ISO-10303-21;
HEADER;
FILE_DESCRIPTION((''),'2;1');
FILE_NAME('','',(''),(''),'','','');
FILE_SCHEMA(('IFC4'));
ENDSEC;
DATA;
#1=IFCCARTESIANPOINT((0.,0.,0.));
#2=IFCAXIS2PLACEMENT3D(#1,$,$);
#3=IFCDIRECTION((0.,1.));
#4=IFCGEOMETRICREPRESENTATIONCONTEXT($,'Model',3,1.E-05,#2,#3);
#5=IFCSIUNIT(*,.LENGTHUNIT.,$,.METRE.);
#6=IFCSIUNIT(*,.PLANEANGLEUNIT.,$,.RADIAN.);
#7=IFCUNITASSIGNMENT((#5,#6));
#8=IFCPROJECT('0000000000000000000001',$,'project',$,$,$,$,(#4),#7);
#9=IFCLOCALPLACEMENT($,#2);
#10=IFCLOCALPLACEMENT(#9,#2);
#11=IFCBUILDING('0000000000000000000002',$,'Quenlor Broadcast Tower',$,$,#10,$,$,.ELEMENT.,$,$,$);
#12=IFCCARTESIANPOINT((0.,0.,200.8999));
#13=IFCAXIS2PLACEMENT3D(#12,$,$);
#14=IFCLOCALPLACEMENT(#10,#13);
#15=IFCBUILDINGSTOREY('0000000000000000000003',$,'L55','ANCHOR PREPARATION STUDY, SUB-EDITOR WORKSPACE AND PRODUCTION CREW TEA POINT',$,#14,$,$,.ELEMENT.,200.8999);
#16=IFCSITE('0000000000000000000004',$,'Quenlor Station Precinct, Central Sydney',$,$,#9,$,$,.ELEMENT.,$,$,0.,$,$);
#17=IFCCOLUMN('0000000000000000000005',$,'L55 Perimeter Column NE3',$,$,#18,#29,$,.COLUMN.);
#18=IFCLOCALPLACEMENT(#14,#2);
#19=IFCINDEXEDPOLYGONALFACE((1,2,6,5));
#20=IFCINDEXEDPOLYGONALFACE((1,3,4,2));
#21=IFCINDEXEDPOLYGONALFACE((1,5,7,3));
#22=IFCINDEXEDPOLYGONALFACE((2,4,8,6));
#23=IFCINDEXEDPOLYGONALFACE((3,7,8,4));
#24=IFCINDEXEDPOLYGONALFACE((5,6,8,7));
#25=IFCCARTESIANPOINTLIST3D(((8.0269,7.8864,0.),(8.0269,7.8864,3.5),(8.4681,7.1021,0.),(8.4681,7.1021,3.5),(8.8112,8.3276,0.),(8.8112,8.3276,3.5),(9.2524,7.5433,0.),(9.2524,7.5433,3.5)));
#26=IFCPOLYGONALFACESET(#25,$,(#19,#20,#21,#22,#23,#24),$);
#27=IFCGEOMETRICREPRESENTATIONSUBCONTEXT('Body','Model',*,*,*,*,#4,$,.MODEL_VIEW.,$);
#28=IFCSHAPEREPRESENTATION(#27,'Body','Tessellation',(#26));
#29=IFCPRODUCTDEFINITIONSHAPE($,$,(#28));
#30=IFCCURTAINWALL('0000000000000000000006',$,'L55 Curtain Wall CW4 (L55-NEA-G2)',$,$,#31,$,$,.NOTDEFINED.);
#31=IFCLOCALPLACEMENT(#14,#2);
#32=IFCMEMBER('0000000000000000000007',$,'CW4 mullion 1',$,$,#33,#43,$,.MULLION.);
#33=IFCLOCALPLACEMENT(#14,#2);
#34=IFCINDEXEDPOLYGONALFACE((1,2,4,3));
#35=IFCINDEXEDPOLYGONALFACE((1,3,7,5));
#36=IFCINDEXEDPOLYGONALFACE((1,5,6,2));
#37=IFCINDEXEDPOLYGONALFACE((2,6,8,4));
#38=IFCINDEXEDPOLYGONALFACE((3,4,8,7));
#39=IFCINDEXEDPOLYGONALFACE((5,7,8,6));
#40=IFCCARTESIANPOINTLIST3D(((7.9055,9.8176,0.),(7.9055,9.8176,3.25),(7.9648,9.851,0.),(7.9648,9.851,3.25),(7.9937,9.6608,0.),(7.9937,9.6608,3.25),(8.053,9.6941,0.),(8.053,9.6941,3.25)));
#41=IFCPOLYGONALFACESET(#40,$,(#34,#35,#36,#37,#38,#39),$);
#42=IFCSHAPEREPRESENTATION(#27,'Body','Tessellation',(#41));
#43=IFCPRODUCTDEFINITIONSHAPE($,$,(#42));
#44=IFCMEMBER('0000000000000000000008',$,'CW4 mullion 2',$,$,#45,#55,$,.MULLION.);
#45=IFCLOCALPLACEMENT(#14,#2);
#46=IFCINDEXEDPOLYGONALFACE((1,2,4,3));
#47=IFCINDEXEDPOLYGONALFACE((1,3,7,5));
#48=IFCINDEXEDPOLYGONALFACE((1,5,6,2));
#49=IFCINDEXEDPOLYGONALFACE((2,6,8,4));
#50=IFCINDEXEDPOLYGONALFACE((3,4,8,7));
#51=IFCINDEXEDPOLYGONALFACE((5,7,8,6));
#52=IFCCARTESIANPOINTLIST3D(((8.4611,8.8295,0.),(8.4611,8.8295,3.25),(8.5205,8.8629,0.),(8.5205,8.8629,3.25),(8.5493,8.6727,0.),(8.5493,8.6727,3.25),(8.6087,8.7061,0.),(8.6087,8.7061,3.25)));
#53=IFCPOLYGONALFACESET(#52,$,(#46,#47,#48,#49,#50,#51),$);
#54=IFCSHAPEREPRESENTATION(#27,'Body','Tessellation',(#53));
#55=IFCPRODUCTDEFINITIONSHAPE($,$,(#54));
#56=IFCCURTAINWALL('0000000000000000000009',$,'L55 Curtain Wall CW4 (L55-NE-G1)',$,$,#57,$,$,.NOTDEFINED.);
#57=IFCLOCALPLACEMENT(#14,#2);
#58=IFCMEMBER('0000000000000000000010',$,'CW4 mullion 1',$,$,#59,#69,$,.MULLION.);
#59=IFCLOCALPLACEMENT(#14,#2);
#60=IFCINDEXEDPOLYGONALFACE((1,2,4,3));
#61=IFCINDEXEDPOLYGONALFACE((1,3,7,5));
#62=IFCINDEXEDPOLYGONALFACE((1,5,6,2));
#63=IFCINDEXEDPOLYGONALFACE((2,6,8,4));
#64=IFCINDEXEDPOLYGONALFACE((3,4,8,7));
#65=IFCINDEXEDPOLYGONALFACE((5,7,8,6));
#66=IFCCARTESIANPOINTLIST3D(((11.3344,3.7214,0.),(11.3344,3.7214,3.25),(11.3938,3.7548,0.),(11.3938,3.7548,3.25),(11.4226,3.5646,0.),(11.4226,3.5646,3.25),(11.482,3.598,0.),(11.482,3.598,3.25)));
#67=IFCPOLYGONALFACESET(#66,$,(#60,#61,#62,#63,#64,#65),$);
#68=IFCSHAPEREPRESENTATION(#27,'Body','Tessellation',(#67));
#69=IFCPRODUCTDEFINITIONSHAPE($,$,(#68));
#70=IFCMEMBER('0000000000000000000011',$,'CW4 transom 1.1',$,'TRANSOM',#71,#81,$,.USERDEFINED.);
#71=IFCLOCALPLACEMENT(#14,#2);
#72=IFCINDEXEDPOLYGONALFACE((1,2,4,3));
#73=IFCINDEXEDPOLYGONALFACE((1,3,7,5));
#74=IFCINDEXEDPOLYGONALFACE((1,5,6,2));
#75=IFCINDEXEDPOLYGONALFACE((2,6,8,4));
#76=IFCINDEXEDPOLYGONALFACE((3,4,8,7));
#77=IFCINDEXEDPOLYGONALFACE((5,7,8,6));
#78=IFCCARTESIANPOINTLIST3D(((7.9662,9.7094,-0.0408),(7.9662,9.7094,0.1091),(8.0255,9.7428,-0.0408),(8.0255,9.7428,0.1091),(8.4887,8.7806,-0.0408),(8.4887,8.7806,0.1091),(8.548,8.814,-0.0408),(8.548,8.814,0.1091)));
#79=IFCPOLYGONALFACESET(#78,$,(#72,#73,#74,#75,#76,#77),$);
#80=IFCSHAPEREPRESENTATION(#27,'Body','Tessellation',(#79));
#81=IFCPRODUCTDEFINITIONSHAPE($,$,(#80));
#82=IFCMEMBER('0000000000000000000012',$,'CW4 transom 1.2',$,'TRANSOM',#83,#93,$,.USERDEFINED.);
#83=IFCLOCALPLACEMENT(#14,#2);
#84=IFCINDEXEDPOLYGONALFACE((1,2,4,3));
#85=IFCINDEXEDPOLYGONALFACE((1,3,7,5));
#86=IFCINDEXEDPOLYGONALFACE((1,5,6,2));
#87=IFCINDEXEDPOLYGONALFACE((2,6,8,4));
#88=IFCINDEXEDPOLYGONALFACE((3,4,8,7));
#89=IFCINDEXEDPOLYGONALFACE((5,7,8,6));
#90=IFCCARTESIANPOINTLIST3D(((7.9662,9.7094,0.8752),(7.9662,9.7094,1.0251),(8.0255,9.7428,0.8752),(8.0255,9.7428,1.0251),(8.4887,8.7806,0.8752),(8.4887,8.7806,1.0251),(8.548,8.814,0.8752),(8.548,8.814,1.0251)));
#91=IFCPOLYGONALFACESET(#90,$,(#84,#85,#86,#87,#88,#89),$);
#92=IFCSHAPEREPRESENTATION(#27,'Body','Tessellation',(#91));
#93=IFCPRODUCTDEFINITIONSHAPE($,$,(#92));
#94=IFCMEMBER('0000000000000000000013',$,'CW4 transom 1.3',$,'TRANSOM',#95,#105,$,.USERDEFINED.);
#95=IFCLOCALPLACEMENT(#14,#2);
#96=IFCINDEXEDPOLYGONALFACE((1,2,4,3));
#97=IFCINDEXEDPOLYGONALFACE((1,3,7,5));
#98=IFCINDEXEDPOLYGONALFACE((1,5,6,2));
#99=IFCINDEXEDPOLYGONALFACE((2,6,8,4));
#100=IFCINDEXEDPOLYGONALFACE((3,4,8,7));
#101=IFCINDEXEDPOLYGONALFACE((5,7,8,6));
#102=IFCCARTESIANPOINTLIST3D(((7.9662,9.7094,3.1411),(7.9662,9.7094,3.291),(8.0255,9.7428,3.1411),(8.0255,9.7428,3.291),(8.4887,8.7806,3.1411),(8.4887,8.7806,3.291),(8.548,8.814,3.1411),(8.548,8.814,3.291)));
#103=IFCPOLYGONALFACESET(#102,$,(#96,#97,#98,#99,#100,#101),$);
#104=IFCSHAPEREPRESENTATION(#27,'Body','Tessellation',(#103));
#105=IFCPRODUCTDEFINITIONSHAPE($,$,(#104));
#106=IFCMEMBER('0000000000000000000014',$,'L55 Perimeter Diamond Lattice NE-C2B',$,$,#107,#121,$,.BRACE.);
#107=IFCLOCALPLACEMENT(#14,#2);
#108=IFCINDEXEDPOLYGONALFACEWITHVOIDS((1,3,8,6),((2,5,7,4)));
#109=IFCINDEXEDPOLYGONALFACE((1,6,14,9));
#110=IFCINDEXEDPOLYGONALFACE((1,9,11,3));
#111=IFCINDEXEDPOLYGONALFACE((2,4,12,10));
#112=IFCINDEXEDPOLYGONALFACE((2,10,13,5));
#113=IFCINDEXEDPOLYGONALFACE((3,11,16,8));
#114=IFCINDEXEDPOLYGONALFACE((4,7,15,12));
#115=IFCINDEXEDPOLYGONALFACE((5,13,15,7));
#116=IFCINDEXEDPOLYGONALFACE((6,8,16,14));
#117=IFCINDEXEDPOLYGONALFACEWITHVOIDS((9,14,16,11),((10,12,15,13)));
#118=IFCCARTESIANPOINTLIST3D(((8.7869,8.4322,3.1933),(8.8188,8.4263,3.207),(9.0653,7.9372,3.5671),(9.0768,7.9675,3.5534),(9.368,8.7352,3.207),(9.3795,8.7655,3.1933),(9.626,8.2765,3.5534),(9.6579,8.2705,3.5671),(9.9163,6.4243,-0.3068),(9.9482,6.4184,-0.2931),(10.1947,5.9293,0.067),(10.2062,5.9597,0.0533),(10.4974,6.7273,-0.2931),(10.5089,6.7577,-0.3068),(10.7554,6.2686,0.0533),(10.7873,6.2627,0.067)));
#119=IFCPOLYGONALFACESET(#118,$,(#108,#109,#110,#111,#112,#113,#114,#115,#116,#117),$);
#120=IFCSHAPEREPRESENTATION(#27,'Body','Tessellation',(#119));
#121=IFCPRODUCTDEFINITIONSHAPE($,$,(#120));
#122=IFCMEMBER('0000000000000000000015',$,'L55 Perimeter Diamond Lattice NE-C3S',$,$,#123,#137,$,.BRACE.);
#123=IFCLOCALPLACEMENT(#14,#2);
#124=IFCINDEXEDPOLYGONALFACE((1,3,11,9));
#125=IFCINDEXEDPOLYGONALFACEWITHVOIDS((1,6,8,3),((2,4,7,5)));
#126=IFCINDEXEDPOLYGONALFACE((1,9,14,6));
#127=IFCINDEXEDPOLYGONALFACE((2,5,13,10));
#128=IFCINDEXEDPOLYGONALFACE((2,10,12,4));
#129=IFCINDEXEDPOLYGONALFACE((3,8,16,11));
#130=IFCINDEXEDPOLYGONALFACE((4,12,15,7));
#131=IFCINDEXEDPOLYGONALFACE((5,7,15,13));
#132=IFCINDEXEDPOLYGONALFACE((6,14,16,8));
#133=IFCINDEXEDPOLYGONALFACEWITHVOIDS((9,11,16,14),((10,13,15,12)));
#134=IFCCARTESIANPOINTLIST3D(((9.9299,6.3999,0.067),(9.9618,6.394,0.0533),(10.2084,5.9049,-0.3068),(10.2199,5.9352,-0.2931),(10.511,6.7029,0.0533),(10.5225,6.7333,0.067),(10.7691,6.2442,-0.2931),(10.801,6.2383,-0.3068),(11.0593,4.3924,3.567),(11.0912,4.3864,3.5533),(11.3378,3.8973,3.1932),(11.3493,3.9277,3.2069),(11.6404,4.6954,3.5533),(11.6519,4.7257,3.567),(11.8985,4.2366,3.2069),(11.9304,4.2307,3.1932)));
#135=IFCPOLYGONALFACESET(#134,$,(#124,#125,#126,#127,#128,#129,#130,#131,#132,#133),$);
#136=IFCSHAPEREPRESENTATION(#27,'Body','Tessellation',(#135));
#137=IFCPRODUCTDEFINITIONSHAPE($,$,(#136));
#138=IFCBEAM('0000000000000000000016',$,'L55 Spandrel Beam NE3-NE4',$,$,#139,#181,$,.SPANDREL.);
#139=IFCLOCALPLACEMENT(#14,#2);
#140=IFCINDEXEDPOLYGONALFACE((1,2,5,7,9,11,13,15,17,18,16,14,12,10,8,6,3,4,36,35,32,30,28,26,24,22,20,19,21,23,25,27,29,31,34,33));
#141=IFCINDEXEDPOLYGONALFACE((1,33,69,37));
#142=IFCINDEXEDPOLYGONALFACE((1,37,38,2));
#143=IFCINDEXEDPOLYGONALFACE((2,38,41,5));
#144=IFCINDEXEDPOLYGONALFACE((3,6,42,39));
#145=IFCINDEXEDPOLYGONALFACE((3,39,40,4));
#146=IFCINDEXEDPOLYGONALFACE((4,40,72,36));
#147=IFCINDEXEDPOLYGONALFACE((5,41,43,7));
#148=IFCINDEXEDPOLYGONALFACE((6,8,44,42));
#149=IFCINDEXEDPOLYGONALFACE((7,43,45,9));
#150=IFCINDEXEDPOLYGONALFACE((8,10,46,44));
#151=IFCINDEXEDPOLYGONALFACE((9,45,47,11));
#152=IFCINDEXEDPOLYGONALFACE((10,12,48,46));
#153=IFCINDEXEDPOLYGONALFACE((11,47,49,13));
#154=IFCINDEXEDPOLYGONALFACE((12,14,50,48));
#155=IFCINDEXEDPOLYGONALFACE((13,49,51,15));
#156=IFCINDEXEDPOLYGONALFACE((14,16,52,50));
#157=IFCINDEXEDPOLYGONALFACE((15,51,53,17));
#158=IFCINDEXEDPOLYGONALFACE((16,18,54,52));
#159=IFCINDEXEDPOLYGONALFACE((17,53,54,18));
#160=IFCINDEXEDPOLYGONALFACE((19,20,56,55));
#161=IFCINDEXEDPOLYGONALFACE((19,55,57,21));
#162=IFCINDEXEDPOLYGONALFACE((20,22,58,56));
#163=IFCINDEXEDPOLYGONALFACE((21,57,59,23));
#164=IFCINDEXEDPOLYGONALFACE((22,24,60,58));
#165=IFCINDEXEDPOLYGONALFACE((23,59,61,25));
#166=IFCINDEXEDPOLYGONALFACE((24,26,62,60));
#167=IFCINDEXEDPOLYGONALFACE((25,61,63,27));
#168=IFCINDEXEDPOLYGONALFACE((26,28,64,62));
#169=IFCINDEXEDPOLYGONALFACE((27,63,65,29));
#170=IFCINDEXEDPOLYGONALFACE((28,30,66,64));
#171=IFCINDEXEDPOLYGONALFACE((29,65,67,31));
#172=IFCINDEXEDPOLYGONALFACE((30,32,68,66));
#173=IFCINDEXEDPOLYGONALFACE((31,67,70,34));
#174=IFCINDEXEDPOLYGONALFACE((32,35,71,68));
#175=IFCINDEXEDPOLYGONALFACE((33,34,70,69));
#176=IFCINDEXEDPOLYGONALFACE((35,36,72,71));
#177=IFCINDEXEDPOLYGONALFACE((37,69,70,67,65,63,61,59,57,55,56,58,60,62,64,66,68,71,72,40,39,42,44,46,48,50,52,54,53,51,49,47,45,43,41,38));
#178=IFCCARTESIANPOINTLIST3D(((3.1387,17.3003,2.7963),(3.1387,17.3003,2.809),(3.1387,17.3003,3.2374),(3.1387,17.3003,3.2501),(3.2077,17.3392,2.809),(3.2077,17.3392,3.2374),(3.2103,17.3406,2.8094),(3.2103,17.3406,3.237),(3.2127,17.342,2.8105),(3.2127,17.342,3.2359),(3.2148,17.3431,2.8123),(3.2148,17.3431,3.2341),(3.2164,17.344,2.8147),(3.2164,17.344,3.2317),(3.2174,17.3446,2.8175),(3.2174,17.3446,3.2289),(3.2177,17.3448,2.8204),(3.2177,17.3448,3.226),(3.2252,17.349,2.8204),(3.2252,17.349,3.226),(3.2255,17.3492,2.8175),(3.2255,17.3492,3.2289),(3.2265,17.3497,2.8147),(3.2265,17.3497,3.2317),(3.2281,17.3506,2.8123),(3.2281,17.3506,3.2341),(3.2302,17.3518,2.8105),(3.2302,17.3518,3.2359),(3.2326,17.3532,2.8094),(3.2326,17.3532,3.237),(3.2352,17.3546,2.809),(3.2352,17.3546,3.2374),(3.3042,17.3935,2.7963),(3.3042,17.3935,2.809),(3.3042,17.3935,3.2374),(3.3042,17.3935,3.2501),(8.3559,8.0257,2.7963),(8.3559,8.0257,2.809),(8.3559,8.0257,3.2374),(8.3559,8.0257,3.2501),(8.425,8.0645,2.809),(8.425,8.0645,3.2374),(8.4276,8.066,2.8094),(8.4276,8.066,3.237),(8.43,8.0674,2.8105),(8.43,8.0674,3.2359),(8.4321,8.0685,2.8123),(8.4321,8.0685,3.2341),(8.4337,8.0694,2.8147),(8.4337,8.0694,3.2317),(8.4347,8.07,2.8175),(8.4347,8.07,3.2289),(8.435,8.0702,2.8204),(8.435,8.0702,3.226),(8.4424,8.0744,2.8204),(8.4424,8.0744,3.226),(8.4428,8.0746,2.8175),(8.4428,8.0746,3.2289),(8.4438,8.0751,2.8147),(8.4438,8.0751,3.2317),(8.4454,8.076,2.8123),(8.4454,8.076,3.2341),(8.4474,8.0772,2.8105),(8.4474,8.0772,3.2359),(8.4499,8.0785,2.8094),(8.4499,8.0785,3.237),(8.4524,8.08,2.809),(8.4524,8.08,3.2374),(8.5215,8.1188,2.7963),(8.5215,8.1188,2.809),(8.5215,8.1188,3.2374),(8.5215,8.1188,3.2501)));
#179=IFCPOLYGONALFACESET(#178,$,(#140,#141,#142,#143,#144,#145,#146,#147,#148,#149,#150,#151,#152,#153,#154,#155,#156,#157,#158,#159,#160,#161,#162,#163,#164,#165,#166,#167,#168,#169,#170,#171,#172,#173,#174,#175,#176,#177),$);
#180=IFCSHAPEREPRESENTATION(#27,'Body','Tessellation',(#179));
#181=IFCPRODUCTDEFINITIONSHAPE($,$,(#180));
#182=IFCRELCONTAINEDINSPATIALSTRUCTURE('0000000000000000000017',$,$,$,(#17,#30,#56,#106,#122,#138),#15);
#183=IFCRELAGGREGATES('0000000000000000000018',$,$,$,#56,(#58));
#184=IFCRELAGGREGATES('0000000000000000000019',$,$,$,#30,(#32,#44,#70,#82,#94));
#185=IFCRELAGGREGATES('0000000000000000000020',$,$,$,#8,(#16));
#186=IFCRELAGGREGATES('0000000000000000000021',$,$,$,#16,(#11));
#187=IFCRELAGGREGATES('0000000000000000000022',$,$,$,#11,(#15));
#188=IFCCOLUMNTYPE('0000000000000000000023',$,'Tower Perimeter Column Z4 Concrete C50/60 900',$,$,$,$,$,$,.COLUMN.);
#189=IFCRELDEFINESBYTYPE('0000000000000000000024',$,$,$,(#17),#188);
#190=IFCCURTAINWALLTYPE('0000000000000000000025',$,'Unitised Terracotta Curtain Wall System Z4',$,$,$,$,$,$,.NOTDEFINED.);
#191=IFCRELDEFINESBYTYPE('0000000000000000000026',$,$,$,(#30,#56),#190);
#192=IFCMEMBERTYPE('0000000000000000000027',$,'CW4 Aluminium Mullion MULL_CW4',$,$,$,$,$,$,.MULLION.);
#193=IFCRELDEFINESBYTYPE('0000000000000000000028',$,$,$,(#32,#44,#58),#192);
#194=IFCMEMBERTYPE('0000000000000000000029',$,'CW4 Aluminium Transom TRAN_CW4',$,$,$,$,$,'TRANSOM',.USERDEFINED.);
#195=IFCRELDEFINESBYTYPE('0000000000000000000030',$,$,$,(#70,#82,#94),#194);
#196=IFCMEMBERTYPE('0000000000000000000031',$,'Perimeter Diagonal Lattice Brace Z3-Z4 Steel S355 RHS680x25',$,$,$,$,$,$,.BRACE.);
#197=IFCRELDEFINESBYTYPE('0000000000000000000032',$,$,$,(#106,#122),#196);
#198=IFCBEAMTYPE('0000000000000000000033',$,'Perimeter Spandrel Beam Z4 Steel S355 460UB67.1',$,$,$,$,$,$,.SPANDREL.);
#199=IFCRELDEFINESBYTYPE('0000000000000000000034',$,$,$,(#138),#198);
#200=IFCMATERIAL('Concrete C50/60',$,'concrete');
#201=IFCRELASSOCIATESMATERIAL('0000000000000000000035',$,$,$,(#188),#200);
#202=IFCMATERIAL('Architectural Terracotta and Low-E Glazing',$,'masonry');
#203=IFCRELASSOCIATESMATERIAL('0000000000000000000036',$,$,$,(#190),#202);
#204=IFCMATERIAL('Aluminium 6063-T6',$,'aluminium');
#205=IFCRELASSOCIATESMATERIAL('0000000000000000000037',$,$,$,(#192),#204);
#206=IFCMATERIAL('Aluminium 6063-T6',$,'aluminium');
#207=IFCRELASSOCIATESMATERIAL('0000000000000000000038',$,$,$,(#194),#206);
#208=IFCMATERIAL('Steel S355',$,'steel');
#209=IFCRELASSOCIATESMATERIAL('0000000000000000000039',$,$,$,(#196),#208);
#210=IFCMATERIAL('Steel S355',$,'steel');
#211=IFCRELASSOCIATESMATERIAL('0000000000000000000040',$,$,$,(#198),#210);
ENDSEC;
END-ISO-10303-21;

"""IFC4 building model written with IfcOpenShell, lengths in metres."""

from ifc_helpers import new_model, si_unit, direction, frame, origin, origin_2d, place, context, subcontext, project, spatial, rectangle, hollow_rectangle, i_section, extrude, material, material_profile, profile_set, type_object, element, aggregate, save


model = new_model("IFC4")

# Units and contexts
model_context = context("Model", 3, precision=1e-05, world=origin(), true_north=direction((0.0, 1.0)))
body_context = subcontext(model_context, "Body", "Model", "MODEL_VIEW")
ifc_project = project(units=[si_unit("LENGTHUNIT", "METRE"), si_unit("PLANEANGLEUNIT", "RADIAN")], contexts=[model_context])

# Site, building, storey
site_placement = place(None, origin())
site = spatial("IfcSite", under=ifc_project, at=site_placement, Name="Quenlor Station Precinct, Central Sydney", CompositionType="ELEMENT", RefElevation=0.0)
building_placement = place(site_placement, origin())
building = spatial("IfcBuilding", under=site, at=building_placement, Name="Quenlor Broadcast Tower", CompositionType="ELEMENT")
storey_placement = place(building_placement, frame((0.0, 0.0, 200.8999)))
storey = spatial("IfcBuildingStorey", under=building, at=storey_placement, Name="L55", Description="ANCHOR PREPARATION STUDY, SUB-EDITOR WORKSPACE AND PRODUCTION CREW TEA POINT", CompositionType="ELEMENT", Elevation=200.8999)

# Column
ifc_material_1 = material(Name="Concrete C50/60", Category="concrete")
ifc_material_profile_1 = material_profile(ifc_material_1, rectangle(XDim=0.8999, YDim=0.8999, at=origin_2d()))
ifc_profile_set_1 = profile_set([ifc_material_profile_1], Name="Concrete C50/60 RC900x900")
column_type = type_object("IfcColumnType", Name="Tower Perimeter Column Z4 Concrete C50/60 900", PredefinedType="COLUMN", material=ifc_profile_set_1)
column_placement = place(storey_placement, frame((8.6396, 7.7148, 0.0), z_axis=(0.0, 0.0, 1.0), x_axis=(0.871575, 0.490262, 0.0)))
element("IfcColumn", 1, at=column_placement, inside=storey, type_object=column_type, Name="L55 Perimeter Column NE3", PredefinedType="COLUMN", context=body_context, shape_type="SweptSolid", body=[
    extrude(rectangle(XDim=0.8999, YDim=0.8999, at=origin_2d()), origin(), (0.0, 0.0, 1.0), 3.5),
])

# Curtain wall, members
ifc_material_2 = material(Name="Architectural Terracotta and Low-E Glazing", Category="masonry")
curtain_wall_type = type_object("IfcCurtainWallType", Name="Unitised Terracotta Curtain Wall System Z4", PredefinedType="NOTDEFINED", material=ifc_material_2)
curtain_wall_1_placement = place(storey_placement, origin())
curtain_wall_1 = element("IfcCurtainWall", 2, at=curtain_wall_1_placement, inside=storey, type_object=curtain_wall_type, Name="L55 Curtain Wall CW4 (L55-NEA-G2)", PredefinedType="NOTDEFINED")
ifc_material_3 = material(Name="Aluminium 6063-T6", Category="aluminium")
ifc_material_profile_2 = material_profile(ifc_material_3, rectangle(XDim=0.0681, YDim=0.1799, at=origin_2d()))
ifc_profile_set_2 = profile_set([ifc_material_profile_2], Name="Aluminium 6063-T6 MULL68x180")
member_type_1 = type_object("IfcMemberType", Name="CW4 Aluminium Mullion MULL_CW4", PredefinedType="MULLION", material=ifc_profile_set_2)
member_1_placement = place(storey_placement, frame((7.9792, 9.7559, 0.0), z_axis=(0.0, 0.0, 1.0), x_axis=(0.871558, 0.490293, 0.0)))
member_1 = element("IfcMember", 3, at=member_1_placement, type_object=member_type_1, Name="CW4 mullion 1", PredefinedType="MULLION", context=body_context, shape_type="SweptSolid", body=[
    extrude(rectangle(XDim=0.0681, YDim=0.1799, at=origin_2d()), origin(), (0.0, 0.0, 1.0), 3.25),
])
member_2_placement = place(storey_placement, frame((8.5349, 8.7678, 0.0), z_axis=(0.0, 0.0, 1.0), x_axis=(0.871558, 0.490293, 0.0)))
member_2 = element("IfcMember", 4, at=member_2_placement, type_object=member_type_1, Name="CW4 mullion 2", PredefinedType="MULLION", context=body_context, shape_type="SweptSolid", body=[
    extrude(rectangle(XDim=0.0681, YDim=0.1799, at=origin_2d()), origin(), (0.0, 0.0, 1.0), 3.25),
])

# Curtain wall, member
curtain_wall_2_placement = place(storey_placement, origin())
curtain_wall_2 = element("IfcCurtainWall", 5, at=curtain_wall_2_placement, inside=storey, type_object=curtain_wall_type, Name="L55 Curtain Wall CW4 (L55-NE-G1)", PredefinedType="NOTDEFINED")
member_3_placement = place(storey_placement, frame((11.4082, 3.6597, 0.0), z_axis=(0.0, 0.0, 1.0), x_axis=(0.87156, 0.490289, 0.0)))
member_3 = element("IfcMember", 6, at=member_3_placement, type_object=member_type_1, Name="CW4 mullion 1", PredefinedType="MULLION", context=body_context, shape_type="SweptSolid", body=[
    extrude(rectangle(XDim=0.0681, YDim=0.1799, at=origin_2d()), origin(), (0.0, 0.0, 1.0), 3.25),
])
aggregate(curtain_wall_2, [member_3])

# Members
ifc_material_4 = material(Name="Aluminium 6063-T6", Category="aluminium")
ifc_material_profile_3 = material_profile(ifc_material_4, rectangle(XDim=0.0681, YDim=0.1499, at=origin_2d()))
ifc_profile_set_3 = profile_set([ifc_material_profile_3], Name="Aluminium 6063-T6 TRAN68x150")
member_type_2 = type_object("IfcMemberType", Name="CW4 Aluminium Transom TRAN_CW4", ElementType="TRANSOM", PredefinedType="USERDEFINED", material=ifc_profile_set_3)
member_4_placement = place(storey_placement, frame((7.9958, 9.7261, 0.0342), z_axis=(0.490305, -0.871551, 0.0), x_axis=(0.871551, 0.490305, 0.0)))
member_4 = element("IfcMember", 7, at=member_4_placement, type_object=member_type_2, Name="CW4 transom 1.1", ObjectType="TRANSOM", PredefinedType="USERDEFINED", context=body_context, shape_type="SweptSolid", body=[
    extrude(rectangle(XDim=0.0681, YDim=0.1499, at=origin_2d()), origin(), (0.0, 0.0, 1.0), 1.0657),
])
member_5_placement = place(storey_placement, frame((7.9958, 9.7261, 0.9502), z_axis=(0.490305, -0.871551, 0.0), x_axis=(0.871551, 0.490305, 0.0)))
member_5 = element("IfcMember", 8, at=member_5_placement, type_object=member_type_2, Name="CW4 transom 1.2", ObjectType="TRANSOM", PredefinedType="USERDEFINED", context=body_context, shape_type="SweptSolid", body=[
    extrude(rectangle(XDim=0.0681, YDim=0.1499, at=origin_2d()), origin(), (0.0, 0.0, 1.0), 1.0657),
])
member_6_placement = place(storey_placement, frame((7.9958, 9.7261, 3.2161), z_axis=(0.490305, -0.871551, 0.0), x_axis=(0.871551, 0.490305, 0.0)))
member_6 = element("IfcMember", 9, at=member_6_placement, type_object=member_type_2, Name="CW4 transom 1.3", ObjectType="TRANSOM", PredefinedType="USERDEFINED", context=body_context, shape_type="SweptSolid", body=[
    extrude(rectangle(XDim=0.0681, YDim=0.1499, at=origin_2d()), origin(), (0.0, 0.0, 1.0), 1.0657),
])

# Members
ifc_material_5 = material(Name="Steel S355", Category="steel")
ifc_material_profile_4 = material_profile(ifc_material_5, hollow_rectangle(XDim=0.6799, YDim=0.6799, WallThickness=0.0249, at=origin_2d()))
ifc_profile_set_4 = profile_set([ifc_material_profile_4], Name="Steel S355 RHS680x680x25")
member_type_3 = type_object("IfcMemberType", Name="Perimeter Diagonal Lattice Brace Z3-Z4 Steel S355 RHS680x25", PredefinedType="BRACE", material=ifc_profile_set_4)
member_7_placement = place(storey_placement, frame((10.3518, 6.3435, -0.1199), z_axis=(-0.26954, 0.479181, 0.835305), x_axis=(-0.871576, -0.490261, 0.0)))
element("IfcMember", 10, at=member_7_placement, inside=storey, type_object=member_type_3, Name="L55 Perimeter Diamond Lattice NE-C2B", PredefinedType="BRACE", context=body_context, shape_type="SweptSolid", body=[
    extrude(hollow_rectangle(XDim=0.6799, YDim=0.6799, WallThickness=0.0249, at=origin_2d()), origin(), (0.0, 0.0, 1.0), 4.1902),
])
member_8_placement = place(storey_placement, frame((10.3655, 6.3191, -0.1199), z_axis=(0.269547, -0.479136, 0.835328), x_axis=(0.87155, 0.490307, 0.0)))
element("IfcMember", 11, at=member_8_placement, inside=storey, type_object=member_type_3, Name="L55 Perimeter Diamond Lattice NE-C3S", PredefinedType="BRACE", context=body_context, shape_type="SweptSolid", body=[
    extrude(hollow_rectangle(XDim=0.6799, YDim=0.6799, WallThickness=0.0249, at=origin_2d()), origin(), (0.0, 0.0, 1.0), 4.1899),
])

# Beam
ifc_material_6 = material(Name="Steel S355", Category="steel")
ifc_material_profile_5 = material_profile(ifc_material_6, i_section(OverallWidth=0.1899, OverallDepth=0.4539, WebThickness=0.0085, FlangeThickness=0.0127, FilletRadius=0.0115, at=origin_2d()))
ifc_profile_set_5 = profile_set([ifc_material_profile_5], Name="Steel S355 460UB67.1")
beam_type_1 = type_object("IfcBeamType", Name="Perimeter Spandrel Beam Z4 Steel S355 460UB67.1", PredefinedType="SPANDREL", material=ifc_profile_set_5)
beam_1_placement = place(storey_placement, frame((8.4387, 8.0723, 3.0232), z_axis=(-0.490282, 0.871564, 0.0), x_axis=(-0.871564, -0.490282, 0.0)))
element("IfcBeam", 12, at=beam_1_placement, inside=storey, type_object=beam_type_1, Name="L55 Spandrel Beam NE3-NE4", PredefinedType="SPANDREL", context=body_context, shape_type="SweptSolid", body=[
    extrude(i_section(OverallWidth=0.1899, OverallDepth=0.4539, WebThickness=0.0085, FlangeThickness=0.0127, FilletRadius=0.0115, at=origin_2d()), origin(), (0.0, 0.0, 1.0), 10.6414),
])

aggregate(curtain_wall_1, [member_1, member_2, member_4, member_5, member_6])

save(model, "model.ifc")
